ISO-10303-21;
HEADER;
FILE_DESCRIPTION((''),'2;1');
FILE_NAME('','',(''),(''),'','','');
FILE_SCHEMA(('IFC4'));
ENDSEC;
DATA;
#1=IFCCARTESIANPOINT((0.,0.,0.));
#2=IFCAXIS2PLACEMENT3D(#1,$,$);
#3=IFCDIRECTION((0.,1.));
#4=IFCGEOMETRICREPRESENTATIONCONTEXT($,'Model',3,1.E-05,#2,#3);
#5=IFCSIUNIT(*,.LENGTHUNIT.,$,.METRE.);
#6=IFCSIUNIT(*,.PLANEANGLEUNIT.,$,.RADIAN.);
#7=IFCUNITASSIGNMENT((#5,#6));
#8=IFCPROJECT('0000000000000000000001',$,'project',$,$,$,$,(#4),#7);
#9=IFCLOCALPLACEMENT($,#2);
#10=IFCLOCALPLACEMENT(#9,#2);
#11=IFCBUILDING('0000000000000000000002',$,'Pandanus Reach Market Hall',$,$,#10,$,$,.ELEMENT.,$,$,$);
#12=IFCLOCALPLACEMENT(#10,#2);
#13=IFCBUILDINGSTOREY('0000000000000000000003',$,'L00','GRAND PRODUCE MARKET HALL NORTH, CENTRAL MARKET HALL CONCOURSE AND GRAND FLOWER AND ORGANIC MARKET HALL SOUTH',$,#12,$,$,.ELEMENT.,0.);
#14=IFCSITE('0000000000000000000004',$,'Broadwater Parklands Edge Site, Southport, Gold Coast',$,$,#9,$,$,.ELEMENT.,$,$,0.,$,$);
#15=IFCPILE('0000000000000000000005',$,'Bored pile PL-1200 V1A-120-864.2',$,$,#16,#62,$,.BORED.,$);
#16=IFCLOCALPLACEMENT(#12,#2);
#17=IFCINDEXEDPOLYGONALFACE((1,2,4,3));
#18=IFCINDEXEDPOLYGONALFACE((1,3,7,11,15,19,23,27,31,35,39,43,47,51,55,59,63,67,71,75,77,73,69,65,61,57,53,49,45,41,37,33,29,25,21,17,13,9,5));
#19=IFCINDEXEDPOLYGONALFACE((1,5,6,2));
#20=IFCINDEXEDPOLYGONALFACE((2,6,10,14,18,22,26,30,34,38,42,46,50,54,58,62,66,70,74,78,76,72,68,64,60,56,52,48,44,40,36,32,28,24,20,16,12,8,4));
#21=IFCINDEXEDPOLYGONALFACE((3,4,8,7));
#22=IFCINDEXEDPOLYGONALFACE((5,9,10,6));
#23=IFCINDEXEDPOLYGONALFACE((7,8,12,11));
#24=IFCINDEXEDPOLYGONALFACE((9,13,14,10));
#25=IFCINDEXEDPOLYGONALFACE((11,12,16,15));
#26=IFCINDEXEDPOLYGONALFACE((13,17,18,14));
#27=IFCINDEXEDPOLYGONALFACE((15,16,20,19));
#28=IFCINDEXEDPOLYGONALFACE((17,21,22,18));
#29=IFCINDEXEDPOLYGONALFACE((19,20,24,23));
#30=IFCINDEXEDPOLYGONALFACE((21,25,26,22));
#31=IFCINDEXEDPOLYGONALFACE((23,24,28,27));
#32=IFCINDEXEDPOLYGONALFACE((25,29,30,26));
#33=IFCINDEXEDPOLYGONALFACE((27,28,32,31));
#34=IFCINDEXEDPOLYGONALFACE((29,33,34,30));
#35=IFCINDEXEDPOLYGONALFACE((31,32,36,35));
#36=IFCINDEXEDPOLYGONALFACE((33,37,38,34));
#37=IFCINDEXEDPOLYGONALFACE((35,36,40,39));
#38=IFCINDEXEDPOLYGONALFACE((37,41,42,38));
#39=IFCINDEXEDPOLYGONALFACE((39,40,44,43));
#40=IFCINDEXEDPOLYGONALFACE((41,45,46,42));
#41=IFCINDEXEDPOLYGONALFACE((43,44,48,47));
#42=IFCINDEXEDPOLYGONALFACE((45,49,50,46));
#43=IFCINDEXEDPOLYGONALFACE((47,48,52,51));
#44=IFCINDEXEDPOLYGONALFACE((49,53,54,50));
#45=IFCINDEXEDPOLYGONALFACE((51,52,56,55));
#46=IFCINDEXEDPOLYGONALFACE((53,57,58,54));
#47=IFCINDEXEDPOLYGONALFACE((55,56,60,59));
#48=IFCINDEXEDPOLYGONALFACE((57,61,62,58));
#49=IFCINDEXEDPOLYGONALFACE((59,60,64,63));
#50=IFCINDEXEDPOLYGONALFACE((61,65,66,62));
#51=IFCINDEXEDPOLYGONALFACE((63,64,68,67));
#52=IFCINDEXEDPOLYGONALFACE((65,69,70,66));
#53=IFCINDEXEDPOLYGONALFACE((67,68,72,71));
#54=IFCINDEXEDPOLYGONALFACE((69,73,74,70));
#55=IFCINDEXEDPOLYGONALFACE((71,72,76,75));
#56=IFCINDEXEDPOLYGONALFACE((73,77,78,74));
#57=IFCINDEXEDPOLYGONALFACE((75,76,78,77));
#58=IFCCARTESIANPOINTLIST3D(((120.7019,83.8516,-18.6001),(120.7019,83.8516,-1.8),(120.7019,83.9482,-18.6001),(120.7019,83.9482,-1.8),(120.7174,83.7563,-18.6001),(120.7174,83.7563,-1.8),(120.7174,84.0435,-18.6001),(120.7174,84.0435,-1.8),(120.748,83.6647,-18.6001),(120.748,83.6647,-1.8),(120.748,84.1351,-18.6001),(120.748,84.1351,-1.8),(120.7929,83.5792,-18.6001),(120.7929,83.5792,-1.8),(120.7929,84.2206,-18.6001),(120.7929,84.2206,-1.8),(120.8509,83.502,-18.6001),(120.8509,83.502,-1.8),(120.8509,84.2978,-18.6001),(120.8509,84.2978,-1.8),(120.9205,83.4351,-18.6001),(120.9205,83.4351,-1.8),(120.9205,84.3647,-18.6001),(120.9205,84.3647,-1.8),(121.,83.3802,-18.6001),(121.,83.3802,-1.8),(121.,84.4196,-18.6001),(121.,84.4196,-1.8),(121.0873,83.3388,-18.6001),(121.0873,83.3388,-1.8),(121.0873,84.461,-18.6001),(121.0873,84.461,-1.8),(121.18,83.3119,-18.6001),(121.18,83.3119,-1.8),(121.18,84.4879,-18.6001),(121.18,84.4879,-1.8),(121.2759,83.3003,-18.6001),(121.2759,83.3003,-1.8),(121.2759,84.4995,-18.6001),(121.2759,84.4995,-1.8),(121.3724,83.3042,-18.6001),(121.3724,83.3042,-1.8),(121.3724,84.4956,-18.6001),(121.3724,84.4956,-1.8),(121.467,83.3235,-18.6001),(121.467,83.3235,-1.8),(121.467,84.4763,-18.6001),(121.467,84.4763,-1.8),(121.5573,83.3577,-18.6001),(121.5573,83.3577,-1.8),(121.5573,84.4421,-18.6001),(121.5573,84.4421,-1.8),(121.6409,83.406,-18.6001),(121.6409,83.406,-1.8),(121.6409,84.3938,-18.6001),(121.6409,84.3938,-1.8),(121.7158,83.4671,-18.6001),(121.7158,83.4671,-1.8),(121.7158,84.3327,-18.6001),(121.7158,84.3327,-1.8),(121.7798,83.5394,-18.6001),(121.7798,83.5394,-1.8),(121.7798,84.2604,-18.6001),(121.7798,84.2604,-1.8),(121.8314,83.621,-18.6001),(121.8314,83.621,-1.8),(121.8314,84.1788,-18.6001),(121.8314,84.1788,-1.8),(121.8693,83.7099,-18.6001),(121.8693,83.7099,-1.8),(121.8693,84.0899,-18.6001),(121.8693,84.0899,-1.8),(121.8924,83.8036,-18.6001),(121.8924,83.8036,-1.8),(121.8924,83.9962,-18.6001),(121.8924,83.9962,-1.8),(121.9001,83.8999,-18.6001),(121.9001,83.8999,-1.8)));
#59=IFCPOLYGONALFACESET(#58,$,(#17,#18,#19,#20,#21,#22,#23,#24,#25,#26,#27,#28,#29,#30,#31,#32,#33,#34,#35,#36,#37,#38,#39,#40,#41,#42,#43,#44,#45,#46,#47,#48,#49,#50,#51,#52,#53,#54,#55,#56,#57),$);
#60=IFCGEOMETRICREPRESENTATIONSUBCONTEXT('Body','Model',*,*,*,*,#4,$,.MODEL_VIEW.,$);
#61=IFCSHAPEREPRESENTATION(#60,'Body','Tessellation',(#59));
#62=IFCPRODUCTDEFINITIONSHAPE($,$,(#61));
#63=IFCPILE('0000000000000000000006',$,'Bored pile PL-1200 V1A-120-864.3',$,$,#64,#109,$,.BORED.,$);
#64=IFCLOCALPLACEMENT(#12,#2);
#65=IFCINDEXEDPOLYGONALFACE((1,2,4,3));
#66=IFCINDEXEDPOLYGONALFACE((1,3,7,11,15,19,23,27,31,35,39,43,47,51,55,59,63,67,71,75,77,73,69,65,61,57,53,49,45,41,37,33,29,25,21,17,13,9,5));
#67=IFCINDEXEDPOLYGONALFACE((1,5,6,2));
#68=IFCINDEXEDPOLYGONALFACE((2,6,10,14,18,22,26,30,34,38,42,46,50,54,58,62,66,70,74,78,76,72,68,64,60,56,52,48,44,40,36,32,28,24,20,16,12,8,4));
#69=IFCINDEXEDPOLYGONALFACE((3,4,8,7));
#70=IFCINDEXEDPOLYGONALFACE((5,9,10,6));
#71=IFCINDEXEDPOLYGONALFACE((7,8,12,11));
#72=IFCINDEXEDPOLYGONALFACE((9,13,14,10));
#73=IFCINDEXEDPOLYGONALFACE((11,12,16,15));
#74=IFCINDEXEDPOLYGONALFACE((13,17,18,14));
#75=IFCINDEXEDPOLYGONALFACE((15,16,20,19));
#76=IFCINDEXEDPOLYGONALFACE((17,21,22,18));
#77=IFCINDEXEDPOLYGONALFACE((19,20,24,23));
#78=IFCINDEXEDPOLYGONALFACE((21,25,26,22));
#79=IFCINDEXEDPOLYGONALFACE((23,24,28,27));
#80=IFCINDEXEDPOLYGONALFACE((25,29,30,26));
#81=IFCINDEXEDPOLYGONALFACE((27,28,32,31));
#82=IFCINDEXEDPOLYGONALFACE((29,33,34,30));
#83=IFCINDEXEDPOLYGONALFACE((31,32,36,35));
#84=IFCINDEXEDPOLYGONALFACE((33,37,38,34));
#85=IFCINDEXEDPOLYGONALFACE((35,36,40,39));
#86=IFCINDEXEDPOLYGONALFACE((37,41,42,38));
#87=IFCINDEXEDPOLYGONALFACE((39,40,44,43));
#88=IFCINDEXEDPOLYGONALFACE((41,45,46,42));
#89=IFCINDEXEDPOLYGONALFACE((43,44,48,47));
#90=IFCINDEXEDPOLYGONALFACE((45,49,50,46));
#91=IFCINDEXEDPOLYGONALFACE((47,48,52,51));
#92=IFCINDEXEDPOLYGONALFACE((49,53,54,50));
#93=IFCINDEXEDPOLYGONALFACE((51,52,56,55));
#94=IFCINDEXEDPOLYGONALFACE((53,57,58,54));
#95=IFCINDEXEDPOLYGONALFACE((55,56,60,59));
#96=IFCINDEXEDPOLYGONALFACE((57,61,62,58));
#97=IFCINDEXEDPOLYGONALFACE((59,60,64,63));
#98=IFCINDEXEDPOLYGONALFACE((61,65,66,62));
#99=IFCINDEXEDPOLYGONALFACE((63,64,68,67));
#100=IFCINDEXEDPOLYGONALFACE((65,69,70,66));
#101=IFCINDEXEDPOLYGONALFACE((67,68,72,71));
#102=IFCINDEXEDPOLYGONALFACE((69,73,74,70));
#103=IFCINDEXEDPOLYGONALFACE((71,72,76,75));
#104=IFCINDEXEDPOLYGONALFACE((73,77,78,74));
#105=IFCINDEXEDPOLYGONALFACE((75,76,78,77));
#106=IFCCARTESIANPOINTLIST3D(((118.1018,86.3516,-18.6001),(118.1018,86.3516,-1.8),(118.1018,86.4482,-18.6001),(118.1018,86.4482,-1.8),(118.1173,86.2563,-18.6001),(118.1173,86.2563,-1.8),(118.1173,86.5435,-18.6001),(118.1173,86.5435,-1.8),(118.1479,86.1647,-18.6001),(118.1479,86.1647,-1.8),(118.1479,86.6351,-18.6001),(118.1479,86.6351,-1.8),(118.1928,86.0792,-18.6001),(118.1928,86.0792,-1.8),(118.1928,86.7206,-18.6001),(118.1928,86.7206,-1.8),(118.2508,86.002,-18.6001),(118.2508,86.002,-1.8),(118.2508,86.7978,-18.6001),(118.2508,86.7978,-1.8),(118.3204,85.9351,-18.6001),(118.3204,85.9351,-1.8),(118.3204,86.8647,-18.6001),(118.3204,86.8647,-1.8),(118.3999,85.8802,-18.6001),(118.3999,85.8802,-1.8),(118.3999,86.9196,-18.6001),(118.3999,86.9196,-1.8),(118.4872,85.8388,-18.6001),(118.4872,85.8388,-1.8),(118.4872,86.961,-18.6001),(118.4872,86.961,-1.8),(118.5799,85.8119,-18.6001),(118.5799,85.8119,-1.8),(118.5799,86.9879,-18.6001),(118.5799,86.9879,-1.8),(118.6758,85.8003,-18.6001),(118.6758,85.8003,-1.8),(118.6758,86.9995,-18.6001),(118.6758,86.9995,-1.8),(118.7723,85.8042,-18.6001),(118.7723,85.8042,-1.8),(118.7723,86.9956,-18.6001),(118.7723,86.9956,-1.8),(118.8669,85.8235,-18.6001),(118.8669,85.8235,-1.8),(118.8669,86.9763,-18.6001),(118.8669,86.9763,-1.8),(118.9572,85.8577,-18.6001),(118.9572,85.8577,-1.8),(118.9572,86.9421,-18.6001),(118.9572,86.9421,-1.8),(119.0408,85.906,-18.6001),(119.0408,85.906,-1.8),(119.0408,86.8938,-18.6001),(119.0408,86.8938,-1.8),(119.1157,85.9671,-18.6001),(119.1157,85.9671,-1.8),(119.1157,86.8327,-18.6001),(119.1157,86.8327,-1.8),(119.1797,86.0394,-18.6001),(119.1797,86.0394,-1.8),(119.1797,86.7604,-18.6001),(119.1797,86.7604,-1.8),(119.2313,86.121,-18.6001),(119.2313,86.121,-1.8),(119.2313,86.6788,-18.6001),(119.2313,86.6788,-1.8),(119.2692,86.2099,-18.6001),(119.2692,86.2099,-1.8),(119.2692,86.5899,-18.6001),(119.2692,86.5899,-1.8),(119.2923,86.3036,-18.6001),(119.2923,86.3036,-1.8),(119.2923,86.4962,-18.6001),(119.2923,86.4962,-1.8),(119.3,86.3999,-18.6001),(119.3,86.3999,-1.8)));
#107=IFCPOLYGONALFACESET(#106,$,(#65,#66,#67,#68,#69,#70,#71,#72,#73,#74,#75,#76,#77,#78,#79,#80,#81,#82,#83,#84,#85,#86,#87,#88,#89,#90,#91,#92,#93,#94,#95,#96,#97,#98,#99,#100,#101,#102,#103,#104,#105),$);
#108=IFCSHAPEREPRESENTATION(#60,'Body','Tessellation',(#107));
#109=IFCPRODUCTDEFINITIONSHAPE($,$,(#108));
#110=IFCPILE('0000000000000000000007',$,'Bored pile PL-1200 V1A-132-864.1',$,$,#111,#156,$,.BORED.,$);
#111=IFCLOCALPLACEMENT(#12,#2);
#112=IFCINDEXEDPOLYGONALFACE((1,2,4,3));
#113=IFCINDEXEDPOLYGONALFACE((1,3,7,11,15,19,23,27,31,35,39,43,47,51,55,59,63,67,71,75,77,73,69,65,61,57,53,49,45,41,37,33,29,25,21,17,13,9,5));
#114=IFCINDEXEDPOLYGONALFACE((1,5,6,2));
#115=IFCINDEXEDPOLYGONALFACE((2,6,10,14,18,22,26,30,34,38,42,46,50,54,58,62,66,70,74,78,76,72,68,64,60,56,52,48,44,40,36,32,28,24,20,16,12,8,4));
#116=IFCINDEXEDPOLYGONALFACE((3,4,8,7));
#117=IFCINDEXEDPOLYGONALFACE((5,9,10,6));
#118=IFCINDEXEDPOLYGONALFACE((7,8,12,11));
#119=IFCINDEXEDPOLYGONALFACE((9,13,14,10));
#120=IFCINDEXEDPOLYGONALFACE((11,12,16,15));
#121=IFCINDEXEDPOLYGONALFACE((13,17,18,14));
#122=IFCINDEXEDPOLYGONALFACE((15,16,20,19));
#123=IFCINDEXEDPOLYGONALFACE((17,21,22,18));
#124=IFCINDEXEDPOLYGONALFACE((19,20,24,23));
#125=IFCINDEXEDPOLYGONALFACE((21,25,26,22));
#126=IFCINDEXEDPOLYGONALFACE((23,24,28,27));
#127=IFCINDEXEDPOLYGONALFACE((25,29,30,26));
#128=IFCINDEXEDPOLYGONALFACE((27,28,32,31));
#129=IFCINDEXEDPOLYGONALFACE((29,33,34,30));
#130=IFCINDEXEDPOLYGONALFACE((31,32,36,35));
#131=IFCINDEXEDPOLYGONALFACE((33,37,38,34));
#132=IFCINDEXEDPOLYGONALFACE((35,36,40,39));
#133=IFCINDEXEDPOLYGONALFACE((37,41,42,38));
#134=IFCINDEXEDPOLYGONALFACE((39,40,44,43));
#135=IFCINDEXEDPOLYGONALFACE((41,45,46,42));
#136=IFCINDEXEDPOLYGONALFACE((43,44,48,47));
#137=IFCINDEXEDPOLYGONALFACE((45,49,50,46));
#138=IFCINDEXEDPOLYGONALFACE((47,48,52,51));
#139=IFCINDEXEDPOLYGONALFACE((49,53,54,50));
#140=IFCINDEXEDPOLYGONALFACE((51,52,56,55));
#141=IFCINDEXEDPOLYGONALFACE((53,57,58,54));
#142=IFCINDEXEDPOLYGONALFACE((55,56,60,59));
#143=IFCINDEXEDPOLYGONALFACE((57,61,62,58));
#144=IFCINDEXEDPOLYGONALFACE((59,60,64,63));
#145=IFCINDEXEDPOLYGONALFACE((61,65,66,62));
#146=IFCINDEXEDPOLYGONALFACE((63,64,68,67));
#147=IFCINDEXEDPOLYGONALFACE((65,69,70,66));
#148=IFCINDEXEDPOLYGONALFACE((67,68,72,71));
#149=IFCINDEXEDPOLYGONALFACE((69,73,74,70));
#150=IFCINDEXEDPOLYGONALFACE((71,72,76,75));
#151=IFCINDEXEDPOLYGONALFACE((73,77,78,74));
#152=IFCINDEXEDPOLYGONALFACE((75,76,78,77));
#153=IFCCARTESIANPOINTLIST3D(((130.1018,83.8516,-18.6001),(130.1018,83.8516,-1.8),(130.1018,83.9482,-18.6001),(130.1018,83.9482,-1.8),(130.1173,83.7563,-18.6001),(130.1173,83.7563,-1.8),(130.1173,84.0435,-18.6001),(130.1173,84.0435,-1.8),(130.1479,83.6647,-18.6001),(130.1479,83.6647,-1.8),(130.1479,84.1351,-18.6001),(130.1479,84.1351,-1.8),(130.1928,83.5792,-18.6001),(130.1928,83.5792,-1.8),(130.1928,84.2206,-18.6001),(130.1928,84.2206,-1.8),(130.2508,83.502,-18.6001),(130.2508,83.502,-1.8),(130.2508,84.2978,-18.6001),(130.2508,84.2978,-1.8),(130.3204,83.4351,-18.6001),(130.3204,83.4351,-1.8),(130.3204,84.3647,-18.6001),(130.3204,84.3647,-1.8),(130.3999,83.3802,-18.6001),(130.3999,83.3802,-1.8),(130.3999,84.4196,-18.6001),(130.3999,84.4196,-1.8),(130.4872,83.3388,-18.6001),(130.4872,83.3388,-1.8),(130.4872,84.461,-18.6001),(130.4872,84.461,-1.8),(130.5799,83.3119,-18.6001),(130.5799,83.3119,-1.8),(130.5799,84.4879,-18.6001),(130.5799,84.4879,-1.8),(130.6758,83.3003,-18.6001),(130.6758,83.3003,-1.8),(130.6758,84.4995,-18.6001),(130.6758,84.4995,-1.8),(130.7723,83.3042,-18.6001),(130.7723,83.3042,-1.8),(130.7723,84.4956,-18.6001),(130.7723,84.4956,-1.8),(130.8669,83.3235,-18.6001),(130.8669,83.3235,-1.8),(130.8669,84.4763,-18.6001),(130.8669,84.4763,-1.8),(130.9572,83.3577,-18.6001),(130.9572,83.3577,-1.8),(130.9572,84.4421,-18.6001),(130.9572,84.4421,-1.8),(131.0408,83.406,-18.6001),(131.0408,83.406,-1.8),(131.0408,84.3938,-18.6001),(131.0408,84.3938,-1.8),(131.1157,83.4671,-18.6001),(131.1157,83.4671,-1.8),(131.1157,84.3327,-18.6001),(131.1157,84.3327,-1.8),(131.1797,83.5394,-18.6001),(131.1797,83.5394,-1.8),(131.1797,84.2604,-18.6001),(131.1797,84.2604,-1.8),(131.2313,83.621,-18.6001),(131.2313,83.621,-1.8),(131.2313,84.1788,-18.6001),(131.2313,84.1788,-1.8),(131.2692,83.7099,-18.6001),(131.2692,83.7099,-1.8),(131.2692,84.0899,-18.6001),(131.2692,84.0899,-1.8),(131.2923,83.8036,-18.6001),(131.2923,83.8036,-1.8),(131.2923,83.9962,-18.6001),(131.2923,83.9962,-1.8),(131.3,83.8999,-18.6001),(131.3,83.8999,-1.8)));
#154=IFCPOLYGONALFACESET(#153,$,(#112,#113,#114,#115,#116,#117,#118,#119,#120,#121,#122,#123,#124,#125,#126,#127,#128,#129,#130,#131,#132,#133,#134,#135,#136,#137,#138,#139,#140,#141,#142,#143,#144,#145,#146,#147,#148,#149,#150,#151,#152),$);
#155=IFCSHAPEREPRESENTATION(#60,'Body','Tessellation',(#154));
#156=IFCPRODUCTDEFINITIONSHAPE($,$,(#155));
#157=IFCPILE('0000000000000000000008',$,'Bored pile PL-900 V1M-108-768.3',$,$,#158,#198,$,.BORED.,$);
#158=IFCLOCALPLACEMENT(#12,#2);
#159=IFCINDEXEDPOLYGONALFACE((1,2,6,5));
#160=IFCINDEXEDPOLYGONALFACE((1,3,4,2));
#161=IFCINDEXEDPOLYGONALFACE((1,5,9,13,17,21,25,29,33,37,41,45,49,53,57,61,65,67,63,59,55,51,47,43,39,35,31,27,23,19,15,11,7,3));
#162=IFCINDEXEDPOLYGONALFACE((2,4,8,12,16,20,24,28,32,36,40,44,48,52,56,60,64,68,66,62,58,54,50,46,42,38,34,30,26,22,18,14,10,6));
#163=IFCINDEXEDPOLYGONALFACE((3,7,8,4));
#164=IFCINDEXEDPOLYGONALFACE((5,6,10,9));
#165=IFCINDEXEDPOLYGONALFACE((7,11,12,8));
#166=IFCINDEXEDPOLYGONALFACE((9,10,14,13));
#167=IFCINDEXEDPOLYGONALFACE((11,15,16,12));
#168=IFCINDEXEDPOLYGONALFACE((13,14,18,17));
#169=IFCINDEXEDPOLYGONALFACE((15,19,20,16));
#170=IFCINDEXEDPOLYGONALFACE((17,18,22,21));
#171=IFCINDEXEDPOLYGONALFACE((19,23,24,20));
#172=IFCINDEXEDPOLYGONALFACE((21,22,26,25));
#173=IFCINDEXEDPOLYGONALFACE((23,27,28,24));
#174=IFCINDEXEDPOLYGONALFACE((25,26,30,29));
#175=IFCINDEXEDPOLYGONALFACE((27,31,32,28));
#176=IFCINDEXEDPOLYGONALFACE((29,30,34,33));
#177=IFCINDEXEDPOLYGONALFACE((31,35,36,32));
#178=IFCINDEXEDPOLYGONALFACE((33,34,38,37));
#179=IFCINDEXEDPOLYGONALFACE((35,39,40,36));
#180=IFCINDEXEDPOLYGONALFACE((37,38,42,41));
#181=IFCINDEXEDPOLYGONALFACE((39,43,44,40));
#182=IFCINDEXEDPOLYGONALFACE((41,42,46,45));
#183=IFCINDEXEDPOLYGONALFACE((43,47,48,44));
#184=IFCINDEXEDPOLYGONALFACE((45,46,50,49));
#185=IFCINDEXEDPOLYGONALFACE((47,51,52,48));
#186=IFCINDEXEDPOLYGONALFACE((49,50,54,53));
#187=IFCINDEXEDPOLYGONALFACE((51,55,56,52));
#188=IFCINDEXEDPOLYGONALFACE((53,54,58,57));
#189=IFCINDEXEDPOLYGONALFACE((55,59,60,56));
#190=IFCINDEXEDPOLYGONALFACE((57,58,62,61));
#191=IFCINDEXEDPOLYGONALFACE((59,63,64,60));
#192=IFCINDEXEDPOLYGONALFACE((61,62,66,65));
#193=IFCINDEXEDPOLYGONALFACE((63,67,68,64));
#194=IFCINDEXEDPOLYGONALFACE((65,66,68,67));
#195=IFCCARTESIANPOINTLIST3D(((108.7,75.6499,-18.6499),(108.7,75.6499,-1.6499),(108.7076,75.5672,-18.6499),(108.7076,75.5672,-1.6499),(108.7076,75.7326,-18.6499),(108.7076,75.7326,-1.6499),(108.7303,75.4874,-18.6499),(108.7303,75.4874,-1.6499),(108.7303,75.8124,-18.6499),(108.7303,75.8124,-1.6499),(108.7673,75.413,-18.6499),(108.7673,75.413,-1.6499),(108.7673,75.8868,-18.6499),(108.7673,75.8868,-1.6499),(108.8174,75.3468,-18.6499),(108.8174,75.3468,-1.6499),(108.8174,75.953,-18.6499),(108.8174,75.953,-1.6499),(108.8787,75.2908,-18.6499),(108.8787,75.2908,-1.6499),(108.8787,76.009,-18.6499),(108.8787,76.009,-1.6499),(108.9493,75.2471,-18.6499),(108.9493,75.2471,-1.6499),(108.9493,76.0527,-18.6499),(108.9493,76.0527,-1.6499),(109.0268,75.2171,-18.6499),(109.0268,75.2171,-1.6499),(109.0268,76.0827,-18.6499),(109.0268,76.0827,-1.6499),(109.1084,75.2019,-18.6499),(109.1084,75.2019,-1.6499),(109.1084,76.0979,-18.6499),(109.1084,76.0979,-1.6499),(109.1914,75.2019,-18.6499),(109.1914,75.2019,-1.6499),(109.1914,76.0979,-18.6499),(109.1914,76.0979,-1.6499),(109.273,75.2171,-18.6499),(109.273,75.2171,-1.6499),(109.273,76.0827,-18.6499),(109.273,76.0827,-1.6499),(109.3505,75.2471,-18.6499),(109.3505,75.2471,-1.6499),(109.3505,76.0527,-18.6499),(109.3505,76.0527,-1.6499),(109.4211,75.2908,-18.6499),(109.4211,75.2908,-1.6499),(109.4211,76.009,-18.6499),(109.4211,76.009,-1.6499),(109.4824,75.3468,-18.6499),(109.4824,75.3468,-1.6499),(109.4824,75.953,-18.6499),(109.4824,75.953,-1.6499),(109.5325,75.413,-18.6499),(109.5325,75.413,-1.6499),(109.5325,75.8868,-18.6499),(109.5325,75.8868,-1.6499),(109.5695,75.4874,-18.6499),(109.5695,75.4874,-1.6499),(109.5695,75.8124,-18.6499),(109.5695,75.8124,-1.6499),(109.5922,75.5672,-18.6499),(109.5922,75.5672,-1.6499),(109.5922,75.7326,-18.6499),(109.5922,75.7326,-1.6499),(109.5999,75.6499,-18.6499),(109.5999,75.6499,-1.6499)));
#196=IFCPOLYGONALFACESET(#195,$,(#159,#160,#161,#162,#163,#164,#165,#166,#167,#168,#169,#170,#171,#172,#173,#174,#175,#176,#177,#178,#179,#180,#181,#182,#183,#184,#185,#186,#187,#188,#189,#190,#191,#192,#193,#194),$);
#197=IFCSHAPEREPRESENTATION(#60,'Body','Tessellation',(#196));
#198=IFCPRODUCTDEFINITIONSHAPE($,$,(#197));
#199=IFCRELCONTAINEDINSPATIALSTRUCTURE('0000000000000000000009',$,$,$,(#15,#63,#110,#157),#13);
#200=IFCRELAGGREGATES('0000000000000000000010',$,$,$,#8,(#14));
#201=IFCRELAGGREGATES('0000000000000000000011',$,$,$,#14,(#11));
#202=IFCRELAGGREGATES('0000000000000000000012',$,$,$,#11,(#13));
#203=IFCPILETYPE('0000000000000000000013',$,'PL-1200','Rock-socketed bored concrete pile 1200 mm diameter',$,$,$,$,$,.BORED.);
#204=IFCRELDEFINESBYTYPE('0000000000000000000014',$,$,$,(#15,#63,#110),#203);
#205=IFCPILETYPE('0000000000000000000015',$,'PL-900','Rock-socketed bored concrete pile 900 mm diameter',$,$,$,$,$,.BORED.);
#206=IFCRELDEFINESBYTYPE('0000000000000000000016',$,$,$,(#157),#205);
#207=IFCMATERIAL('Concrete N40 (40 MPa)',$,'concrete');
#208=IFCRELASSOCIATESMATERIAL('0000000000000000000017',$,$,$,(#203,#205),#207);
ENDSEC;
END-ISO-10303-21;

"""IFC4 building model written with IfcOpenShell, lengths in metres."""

from ifc_helpers import new_model, si_unit, direction, frame, origin, origin_2d, place, context, subcontext, project, spatial, circle, extrude, material, material_profile, profile_set, type_object, element, save


model = new_model("IFC4")

# Units and contexts
model_context = context("Model", 3, precision=1e-05, world=origin(), true_north=direction((0.0, 1.0)))
body_context = subcontext(model_context, "Body", "Model", "MODEL_VIEW")
ifc_project = project(units=[si_unit("LENGTHUNIT", "METRE"), si_unit("PLANEANGLEUNIT", "RADIAN")], contexts=[model_context])

# Site, building, storey
site_placement = place(None, origin())
site = spatial("IfcSite", under=ifc_project, at=site_placement, Name="Broadwater Parklands Edge Site, Southport, Gold Coast", CompositionType="ELEMENT", RefElevation=0.0)
building_placement = place(site_placement, origin())
building = spatial("IfcBuilding", under=site, at=building_placement, Name="Pandanus Reach Market Hall", CompositionType="ELEMENT")
storey_placement = place(building_placement, origin())
storey = spatial("IfcBuildingStorey", under=building, at=storey_placement, Name="L00", Description="GRAND PRODUCE MARKET HALL NORTH, CENTRAL MARKET HALL CONCOURSE AND GRAND FLOWER AND ORGANIC MARKET HALL SOUTH", CompositionType="ELEMENT", Elevation=0.0)

# Shared definitions
ifc_material_1 = material(Name="Concrete N40 (40 MPa)", Category="concrete")

# Piles
ifc_material_profile_1 = material_profile(ifc_material_1, circle(Radius=0.6001, at=origin_2d()), Name="PILE-1200D", Category="LoadBearing")
ifc_profile_set_1 = profile_set([ifc_material_profile_1], Name="Concrete N40 (40 MPa)")
pile_type_1 = type_object("IfcPileType", Name="PL-1200", Description="Rock-socketed bored concrete pile 1200 mm diameter", PredefinedType="BORED", material=ifc_profile_set_1)
for number, where, z_axis, x_axis, name in (
    (1, (121.3, 83.8999, -1.8), (0.0, 0.0, -1.0), (1.0, 0.0, 0.0), "Bored pile PL-1200 V1A-120-864.2"),
    (2, (118.7, 86.3999, -1.8), (0.0, 0.0, -1.0), (1.0, 0.0, 0.0), "Bored pile PL-1200 V1A-120-864.3"),
    (3, (130.7, 83.8999, -1.8), (0.0, 0.0, -1.0), (1.0, 0.0, 0.0), "Bored pile PL-1200 V1A-132-864.1"),
):
    element("IfcPile", number, at=place(storey_placement, frame(where, z_axis=z_axis, x_axis=x_axis)), inside=storey, type_object=pile_type_1, Name=name, PredefinedType="BORED", context=body_context, shape_type="SweptSolid", body=[
        extrude(circle(Radius=0.6001, at=origin_2d()), origin(), (0.0, 0.0, 1.0), 16.8),
    ])
ifc_material_profile_2 = material_profile(ifc_material_1, circle(Radius=0.45, at=origin_2d()), Name="PILE-900D", Category="LoadBearing")
ifc_profile_set_2 = profile_set([ifc_material_profile_2], Name="Concrete N40 (40 MPa)")
pile_type_2 = type_object("IfcPileType", Name="PL-900", Description="Rock-socketed bored concrete pile 900 mm diameter", PredefinedType="BORED", material=ifc_profile_set_2)
for number, where, z_axis, x_axis, name in (
    (4, (109.1499, 75.6499, -1.6499), (0.0, 0.0, -1.0), (1.0, 0.0, 0.0), "Bored pile PL-900 V1M-108-768.3"),
):
    element("IfcPile", number, at=place(storey_placement, frame(where, z_axis=z_axis, x_axis=x_axis)), inside=storey, type_object=pile_type_2, Name=name, PredefinedType="BORED", context=body_context, shape_type="SweptSolid", body=[
        extrude(circle(Radius=0.45, at=origin_2d()), origin(), (0.0, 0.0, 1.0), 17.0),
    ])

save(model, "model.ifc")
